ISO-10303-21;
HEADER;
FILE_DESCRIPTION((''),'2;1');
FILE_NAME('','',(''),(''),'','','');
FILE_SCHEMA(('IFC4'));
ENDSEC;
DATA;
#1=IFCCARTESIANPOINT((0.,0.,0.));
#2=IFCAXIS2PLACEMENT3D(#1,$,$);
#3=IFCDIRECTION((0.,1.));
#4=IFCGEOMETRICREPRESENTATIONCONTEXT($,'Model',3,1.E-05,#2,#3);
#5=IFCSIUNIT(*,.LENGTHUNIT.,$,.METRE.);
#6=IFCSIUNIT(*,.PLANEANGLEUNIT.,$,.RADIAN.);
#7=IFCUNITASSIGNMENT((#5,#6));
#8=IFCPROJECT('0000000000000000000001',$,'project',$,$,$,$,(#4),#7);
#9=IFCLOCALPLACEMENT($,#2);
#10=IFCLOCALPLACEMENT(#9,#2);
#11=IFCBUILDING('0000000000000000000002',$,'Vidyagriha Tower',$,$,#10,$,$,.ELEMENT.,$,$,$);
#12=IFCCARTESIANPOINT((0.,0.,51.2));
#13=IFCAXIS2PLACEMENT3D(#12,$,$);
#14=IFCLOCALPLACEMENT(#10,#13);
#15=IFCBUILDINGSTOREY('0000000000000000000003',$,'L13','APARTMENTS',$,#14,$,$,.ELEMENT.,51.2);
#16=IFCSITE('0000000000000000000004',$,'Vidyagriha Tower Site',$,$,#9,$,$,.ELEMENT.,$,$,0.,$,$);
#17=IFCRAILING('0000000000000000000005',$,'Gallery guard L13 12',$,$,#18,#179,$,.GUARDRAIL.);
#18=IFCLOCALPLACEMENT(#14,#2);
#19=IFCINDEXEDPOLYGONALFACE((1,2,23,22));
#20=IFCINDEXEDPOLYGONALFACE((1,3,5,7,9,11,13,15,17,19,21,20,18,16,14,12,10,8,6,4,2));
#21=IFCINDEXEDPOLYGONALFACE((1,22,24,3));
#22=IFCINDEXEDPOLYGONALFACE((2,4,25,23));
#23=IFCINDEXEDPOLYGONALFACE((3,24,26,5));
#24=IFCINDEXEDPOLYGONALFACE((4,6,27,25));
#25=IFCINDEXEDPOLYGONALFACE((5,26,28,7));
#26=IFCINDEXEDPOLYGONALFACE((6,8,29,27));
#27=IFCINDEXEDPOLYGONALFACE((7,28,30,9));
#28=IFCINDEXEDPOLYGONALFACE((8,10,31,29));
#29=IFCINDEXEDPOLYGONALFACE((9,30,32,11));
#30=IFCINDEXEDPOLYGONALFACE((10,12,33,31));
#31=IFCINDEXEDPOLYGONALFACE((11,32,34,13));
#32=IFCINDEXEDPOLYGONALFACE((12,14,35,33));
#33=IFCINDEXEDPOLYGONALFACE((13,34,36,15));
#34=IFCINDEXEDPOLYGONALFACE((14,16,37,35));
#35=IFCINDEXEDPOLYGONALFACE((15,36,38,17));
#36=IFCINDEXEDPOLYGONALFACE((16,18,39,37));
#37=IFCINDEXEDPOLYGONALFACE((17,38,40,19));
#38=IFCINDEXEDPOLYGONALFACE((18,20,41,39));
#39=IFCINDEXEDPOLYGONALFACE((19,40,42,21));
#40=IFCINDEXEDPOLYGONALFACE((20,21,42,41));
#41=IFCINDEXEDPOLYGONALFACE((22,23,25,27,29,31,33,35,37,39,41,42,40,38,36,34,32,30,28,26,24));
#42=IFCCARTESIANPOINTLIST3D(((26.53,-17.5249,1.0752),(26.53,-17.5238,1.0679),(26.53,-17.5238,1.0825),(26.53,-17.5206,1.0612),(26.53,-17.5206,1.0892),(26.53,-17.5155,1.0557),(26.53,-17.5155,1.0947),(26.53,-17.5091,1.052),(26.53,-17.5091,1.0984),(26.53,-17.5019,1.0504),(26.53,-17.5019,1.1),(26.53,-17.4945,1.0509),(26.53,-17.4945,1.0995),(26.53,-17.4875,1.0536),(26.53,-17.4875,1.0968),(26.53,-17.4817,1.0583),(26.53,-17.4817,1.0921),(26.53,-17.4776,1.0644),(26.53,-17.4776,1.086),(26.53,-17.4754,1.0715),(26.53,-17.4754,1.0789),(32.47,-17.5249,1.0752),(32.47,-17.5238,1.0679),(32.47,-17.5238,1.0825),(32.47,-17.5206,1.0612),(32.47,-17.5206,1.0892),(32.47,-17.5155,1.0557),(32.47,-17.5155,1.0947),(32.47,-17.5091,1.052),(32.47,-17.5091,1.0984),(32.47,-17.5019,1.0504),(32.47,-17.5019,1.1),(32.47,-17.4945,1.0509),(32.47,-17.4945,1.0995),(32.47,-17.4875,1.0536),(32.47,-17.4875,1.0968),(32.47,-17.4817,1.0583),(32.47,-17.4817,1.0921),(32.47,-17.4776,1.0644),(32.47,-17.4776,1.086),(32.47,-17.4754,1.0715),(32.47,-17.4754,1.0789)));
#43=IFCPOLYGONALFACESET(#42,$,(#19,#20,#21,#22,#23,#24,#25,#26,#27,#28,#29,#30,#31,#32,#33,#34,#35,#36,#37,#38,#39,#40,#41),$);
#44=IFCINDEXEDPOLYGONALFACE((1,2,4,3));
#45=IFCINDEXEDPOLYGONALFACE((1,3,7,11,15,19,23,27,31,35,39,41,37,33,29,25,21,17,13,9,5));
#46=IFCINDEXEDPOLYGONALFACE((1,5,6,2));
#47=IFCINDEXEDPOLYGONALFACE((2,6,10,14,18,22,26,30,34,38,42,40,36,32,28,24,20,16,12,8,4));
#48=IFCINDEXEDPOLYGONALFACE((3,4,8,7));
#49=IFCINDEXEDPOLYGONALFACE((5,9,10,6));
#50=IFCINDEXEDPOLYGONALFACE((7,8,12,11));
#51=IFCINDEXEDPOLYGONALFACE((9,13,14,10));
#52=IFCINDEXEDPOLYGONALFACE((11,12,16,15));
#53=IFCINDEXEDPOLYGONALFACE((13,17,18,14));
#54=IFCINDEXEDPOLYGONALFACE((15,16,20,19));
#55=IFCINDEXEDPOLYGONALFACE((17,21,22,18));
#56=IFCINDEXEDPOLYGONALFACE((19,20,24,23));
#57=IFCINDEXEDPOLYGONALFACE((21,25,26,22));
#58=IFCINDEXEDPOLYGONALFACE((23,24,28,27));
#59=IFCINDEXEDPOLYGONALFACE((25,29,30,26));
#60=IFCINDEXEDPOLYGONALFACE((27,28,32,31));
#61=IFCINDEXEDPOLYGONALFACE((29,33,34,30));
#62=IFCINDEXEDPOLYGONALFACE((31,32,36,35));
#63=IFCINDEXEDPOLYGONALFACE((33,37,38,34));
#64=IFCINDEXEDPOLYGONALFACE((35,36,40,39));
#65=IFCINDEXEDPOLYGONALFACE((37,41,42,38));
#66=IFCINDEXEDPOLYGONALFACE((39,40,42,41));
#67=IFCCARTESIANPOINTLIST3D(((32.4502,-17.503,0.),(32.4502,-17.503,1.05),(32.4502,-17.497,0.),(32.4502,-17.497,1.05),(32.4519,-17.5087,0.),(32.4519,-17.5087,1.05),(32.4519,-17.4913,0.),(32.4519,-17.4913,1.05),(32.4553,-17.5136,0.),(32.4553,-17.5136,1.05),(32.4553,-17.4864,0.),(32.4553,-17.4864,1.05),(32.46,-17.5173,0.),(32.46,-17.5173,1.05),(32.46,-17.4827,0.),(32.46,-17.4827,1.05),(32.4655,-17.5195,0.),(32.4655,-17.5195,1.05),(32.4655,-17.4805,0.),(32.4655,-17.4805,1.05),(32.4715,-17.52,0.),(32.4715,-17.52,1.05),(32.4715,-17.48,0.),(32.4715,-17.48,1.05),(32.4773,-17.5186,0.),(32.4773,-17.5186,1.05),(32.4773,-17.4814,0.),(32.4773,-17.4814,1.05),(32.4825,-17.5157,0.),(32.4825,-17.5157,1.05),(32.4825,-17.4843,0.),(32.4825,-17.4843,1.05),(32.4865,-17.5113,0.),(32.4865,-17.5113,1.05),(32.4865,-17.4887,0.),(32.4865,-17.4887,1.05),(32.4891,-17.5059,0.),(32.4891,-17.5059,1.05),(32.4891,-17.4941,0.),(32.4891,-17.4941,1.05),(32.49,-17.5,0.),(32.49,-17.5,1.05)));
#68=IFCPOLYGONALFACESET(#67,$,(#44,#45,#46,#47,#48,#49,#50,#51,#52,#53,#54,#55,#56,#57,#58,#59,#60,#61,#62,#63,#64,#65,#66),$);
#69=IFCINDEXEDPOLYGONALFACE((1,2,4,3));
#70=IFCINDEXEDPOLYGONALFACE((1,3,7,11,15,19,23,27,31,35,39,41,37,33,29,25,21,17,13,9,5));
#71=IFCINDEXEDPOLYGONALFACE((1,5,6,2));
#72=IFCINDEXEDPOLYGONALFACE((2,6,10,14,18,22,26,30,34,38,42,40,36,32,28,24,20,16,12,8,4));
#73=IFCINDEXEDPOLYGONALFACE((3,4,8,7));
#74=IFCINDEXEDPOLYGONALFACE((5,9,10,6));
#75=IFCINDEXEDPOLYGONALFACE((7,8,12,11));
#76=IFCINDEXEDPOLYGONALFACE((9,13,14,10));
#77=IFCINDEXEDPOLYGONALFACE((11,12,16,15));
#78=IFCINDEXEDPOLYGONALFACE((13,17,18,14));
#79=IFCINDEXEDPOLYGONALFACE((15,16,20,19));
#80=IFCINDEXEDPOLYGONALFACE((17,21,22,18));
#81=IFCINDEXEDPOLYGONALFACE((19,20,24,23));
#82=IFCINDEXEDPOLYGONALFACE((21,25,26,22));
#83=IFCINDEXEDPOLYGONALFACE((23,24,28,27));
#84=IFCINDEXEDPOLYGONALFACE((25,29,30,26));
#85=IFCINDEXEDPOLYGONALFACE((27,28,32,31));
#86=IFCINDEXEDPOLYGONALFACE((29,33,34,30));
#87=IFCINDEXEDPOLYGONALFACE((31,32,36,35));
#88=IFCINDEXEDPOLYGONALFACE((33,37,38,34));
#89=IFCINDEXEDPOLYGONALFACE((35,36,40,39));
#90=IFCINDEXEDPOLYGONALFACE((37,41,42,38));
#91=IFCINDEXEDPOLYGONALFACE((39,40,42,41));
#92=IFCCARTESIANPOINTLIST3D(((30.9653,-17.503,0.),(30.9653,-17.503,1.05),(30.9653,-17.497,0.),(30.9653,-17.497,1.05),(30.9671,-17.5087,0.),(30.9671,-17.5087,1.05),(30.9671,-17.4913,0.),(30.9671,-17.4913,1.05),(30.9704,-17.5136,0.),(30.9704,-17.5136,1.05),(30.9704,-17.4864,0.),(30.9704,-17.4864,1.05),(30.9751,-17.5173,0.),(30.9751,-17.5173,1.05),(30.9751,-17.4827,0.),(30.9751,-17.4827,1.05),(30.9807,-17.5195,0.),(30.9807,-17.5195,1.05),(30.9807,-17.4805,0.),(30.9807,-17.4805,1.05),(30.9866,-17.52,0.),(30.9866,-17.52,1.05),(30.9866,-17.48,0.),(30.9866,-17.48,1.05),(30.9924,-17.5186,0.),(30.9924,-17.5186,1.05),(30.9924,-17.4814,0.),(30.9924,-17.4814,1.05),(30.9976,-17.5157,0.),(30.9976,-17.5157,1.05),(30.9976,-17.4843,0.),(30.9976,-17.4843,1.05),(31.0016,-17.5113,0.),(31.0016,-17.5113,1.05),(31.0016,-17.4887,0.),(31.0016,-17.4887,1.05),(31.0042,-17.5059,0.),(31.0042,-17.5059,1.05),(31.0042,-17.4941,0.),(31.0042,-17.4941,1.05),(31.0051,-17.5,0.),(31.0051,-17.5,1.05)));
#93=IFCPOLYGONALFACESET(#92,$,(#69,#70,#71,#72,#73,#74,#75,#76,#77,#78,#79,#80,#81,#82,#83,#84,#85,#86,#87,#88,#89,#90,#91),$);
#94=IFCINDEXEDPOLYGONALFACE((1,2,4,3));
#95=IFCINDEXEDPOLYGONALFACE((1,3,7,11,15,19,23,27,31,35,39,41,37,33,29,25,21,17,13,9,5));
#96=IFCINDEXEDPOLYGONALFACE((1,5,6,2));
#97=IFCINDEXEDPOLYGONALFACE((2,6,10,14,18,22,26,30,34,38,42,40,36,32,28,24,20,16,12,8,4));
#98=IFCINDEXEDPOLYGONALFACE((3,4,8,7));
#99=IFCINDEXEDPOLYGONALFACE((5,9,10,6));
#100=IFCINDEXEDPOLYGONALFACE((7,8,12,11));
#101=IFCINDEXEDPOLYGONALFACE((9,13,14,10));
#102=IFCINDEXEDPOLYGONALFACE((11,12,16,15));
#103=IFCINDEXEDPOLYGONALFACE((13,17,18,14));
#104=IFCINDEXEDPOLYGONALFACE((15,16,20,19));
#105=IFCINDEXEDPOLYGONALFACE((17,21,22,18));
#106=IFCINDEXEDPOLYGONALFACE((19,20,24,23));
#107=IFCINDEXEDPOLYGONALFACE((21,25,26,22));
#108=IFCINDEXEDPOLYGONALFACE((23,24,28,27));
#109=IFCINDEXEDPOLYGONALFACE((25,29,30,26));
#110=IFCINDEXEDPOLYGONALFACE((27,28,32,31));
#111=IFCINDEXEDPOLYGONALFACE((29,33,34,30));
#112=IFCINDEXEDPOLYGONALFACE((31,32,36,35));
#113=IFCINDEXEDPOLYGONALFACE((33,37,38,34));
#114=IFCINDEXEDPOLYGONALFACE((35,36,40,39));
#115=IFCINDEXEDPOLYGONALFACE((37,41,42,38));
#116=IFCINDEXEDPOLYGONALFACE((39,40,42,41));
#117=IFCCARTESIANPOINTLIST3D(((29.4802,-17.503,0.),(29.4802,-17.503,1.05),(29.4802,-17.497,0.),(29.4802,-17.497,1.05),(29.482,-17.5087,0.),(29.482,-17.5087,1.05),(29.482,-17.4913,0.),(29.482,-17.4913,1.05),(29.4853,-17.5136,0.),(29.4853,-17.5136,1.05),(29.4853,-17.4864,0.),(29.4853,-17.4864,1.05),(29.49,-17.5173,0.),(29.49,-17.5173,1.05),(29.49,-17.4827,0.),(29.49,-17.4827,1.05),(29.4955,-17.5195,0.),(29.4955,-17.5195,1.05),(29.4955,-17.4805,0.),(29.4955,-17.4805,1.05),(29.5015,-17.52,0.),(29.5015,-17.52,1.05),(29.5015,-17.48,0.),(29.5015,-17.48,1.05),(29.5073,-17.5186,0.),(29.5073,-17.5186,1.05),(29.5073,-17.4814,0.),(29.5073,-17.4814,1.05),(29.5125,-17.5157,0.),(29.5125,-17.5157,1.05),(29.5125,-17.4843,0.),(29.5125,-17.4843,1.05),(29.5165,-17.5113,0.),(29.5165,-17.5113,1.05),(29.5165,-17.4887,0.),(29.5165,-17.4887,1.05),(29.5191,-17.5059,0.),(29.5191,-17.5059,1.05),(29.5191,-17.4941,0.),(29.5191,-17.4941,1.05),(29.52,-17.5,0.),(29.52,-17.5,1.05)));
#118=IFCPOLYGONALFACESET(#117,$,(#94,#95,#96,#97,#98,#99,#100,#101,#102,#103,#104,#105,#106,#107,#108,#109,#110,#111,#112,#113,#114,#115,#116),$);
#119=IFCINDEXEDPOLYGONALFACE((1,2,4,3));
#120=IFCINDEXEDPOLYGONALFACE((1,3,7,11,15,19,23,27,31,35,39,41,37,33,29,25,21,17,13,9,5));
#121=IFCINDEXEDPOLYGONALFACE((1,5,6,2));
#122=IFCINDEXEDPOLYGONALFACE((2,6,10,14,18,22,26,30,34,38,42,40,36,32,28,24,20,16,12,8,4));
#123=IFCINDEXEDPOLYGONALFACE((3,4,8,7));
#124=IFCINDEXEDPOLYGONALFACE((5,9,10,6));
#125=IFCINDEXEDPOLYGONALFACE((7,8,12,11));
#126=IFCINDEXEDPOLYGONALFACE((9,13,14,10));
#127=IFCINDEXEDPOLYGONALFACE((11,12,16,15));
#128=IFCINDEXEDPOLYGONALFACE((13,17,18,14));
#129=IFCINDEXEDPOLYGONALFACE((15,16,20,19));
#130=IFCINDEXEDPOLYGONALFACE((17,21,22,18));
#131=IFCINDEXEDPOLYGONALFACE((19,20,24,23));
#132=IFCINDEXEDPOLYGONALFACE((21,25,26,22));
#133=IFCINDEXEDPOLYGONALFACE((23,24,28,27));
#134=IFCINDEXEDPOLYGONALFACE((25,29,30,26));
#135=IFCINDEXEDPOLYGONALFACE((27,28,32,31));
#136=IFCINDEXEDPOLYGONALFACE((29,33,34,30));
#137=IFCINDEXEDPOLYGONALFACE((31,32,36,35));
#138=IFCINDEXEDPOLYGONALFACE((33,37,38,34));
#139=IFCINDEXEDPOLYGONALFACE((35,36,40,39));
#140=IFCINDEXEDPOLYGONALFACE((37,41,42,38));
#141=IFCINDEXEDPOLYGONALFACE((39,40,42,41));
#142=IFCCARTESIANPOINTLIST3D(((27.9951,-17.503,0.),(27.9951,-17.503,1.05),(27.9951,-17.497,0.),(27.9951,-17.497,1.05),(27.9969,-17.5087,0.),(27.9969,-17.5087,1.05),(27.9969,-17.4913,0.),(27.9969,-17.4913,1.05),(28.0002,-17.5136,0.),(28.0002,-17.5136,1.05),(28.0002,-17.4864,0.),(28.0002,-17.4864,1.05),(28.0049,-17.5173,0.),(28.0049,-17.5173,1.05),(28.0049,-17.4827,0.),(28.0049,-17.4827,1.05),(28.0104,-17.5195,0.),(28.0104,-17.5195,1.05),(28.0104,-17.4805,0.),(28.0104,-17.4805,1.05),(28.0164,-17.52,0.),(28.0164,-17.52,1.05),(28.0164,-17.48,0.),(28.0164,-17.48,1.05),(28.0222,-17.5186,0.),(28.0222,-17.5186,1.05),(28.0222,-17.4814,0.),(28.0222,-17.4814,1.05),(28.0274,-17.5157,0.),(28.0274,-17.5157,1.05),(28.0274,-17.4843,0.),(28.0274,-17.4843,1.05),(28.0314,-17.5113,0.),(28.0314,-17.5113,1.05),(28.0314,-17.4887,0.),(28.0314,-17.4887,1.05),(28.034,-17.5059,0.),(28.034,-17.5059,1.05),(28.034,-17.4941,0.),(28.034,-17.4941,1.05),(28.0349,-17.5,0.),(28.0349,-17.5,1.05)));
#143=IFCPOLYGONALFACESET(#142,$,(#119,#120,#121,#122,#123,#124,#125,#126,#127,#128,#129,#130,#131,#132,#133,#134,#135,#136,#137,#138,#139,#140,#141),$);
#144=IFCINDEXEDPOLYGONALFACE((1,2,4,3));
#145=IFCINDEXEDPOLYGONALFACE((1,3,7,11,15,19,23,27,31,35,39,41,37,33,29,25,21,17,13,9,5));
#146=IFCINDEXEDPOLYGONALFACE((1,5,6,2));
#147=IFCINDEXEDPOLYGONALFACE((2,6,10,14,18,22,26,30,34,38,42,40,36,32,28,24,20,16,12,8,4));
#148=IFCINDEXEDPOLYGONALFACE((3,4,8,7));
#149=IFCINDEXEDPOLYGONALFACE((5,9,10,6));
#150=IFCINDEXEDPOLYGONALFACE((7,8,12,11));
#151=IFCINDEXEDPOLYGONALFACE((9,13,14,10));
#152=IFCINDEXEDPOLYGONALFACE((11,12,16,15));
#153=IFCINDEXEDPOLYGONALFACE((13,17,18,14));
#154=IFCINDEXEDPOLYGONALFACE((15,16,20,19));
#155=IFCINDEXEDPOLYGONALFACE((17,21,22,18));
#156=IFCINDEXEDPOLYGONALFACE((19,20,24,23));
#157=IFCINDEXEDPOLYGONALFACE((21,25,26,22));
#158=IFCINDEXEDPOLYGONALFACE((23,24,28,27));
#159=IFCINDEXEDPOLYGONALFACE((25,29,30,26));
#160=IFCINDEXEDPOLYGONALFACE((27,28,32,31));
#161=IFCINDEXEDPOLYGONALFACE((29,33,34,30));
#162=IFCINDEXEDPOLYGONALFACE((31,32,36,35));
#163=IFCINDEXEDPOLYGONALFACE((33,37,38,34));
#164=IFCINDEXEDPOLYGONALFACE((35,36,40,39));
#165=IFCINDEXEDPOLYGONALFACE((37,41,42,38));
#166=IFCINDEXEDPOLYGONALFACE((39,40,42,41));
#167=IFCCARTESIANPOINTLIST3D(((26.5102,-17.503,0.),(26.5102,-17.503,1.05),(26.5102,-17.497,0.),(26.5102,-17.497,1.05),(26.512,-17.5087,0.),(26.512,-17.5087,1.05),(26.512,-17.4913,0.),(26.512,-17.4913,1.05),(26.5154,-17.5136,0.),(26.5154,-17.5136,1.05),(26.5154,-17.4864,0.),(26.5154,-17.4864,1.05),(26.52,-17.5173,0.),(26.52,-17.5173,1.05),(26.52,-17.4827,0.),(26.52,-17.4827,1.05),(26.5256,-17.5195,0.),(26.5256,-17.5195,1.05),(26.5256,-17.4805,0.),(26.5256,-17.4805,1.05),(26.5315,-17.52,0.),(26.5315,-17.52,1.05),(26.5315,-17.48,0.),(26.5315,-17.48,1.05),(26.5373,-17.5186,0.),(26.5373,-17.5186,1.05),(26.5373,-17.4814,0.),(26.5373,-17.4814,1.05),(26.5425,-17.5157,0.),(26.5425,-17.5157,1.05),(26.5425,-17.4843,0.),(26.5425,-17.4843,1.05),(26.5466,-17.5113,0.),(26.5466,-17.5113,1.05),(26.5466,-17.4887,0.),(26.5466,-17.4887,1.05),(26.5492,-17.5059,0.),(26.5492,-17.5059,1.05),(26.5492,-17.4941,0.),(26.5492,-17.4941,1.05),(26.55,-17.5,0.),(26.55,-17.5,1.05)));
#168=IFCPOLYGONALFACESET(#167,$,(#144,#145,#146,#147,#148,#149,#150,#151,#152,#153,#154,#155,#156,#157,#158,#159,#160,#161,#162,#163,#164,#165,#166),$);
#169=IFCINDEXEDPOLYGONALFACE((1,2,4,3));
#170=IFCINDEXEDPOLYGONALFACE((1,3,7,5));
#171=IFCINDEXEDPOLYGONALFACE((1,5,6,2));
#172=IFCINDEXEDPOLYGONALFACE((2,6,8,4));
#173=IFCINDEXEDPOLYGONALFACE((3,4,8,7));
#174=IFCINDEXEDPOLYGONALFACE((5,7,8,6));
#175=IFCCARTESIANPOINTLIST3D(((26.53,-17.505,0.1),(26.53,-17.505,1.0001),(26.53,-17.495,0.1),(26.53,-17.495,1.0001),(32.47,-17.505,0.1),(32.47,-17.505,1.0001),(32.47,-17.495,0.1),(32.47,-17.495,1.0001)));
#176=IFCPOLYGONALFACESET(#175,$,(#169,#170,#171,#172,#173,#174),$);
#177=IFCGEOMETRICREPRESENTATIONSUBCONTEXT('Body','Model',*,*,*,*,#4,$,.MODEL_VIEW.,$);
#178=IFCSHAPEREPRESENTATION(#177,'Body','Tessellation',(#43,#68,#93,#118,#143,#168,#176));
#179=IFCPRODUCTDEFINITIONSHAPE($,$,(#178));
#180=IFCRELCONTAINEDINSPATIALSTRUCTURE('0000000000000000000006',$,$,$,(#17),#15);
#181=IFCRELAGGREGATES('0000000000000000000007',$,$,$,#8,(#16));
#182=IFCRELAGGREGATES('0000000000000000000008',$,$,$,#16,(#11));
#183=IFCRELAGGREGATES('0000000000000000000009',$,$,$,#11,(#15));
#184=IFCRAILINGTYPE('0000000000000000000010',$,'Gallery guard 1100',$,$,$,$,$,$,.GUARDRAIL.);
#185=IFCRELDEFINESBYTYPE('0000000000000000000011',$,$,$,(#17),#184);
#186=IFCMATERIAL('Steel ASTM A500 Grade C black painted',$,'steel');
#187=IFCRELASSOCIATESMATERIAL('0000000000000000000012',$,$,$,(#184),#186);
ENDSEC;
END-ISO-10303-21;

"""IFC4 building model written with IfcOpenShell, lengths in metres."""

from ifc_helpers import new_model, si_unit, direction, frame, origin, origin_2d, place, context, subcontext, project, spatial, rectangle, circle, extrude, material, type_object, element, save


model = new_model("IFC4")

# Units and contexts
model_context = context("Model", 3, precision=1e-05, world=origin(), true_north=direction((0.0, 1.0)))
body_context = subcontext(model_context, "Body", "Model", "MODEL_VIEW")
ifc_project = project(units=[si_unit("LENGTHUNIT", "METRE"), si_unit("PLANEANGLEUNIT", "RADIAN")], contexts=[model_context])

# Site, building, storey
site_placement = place(None, origin())
site = spatial("IfcSite", under=ifc_project, at=site_placement, Name="Vidyagriha Tower Site", CompositionType="ELEMENT", RefElevation=0.0)
building_placement = place(site_placement, origin())
building = spatial("IfcBuilding", under=site, at=building_placement, Name="Vidyagriha Tower", CompositionType="ELEMENT")
storey_placement = place(building_placement, frame((0.0, 0.0, 51.2)))
storey = spatial("IfcBuildingStorey", under=building, at=storey_placement, Name="L13", Description="APARTMENTS", CompositionType="ELEMENT", Elevation=51.2)

# Railing
ifc_material_1 = material(Name="Steel ASTM A500 Grade C black painted", Category="steel")
railing_type = type_object("IfcRailingType", Name="Gallery guard 1100", PredefinedType="GUARDRAIL", material=ifc_material_1)
railing_1_placement = place(storey_placement, frame((32.47, -17.5, 0.0)))
element("IfcRailing", 1, at=railing_1_placement, inside=storey, type_object=railing_type, Name="Gallery guard L13 12", PredefinedType="GUARDRAIL", context=body_context, shape_type="SweptSolid", body=[
    extrude(circle(Radius=0.0249, at=origin_2d()), frame((0.0, 0.0, 1.0752), z_axis=(-1.0, 0.0, 0.0), x_axis=(0.0, -1.0, 0.0)), (0.0, 0.0, 1.0), 5.9399),
    extrude(circle(Radius=0.02, at=origin_2d()), origin(), (0.0, 0.0, 1.0), 1.05),
    extrude(circle(Radius=0.02, at=origin_2d()), frame((-1.4849, 0.0, 0.0)), (0.0, 0.0, 1.0), 1.05),
    extrude(circle(Radius=0.02, at=origin_2d()), frame((-2.97, 0.0, 0.0)), (0.0, 0.0, 1.0), 1.05),
    extrude(circle(Radius=0.02, at=origin_2d()), frame((-4.4551, 0.0, 0.0)), (0.0, 0.0, 1.0), 1.05),
    extrude(circle(Radius=0.02, at=origin_2d()), frame((-5.9399, 0.0, 0.0)), (0.0, 0.0, 1.0), 1.05),
    extrude(rectangle(XDim=0.01, YDim=0.9001, at=origin_2d()), frame((0.0, 0.0, 0.55), z_axis=(-1.0, 0.0, 0.0), x_axis=(0.0, -1.0, 0.0)), (0.0, 0.0, 1.0), 5.9399),
])

save(model, "model.ifc")
